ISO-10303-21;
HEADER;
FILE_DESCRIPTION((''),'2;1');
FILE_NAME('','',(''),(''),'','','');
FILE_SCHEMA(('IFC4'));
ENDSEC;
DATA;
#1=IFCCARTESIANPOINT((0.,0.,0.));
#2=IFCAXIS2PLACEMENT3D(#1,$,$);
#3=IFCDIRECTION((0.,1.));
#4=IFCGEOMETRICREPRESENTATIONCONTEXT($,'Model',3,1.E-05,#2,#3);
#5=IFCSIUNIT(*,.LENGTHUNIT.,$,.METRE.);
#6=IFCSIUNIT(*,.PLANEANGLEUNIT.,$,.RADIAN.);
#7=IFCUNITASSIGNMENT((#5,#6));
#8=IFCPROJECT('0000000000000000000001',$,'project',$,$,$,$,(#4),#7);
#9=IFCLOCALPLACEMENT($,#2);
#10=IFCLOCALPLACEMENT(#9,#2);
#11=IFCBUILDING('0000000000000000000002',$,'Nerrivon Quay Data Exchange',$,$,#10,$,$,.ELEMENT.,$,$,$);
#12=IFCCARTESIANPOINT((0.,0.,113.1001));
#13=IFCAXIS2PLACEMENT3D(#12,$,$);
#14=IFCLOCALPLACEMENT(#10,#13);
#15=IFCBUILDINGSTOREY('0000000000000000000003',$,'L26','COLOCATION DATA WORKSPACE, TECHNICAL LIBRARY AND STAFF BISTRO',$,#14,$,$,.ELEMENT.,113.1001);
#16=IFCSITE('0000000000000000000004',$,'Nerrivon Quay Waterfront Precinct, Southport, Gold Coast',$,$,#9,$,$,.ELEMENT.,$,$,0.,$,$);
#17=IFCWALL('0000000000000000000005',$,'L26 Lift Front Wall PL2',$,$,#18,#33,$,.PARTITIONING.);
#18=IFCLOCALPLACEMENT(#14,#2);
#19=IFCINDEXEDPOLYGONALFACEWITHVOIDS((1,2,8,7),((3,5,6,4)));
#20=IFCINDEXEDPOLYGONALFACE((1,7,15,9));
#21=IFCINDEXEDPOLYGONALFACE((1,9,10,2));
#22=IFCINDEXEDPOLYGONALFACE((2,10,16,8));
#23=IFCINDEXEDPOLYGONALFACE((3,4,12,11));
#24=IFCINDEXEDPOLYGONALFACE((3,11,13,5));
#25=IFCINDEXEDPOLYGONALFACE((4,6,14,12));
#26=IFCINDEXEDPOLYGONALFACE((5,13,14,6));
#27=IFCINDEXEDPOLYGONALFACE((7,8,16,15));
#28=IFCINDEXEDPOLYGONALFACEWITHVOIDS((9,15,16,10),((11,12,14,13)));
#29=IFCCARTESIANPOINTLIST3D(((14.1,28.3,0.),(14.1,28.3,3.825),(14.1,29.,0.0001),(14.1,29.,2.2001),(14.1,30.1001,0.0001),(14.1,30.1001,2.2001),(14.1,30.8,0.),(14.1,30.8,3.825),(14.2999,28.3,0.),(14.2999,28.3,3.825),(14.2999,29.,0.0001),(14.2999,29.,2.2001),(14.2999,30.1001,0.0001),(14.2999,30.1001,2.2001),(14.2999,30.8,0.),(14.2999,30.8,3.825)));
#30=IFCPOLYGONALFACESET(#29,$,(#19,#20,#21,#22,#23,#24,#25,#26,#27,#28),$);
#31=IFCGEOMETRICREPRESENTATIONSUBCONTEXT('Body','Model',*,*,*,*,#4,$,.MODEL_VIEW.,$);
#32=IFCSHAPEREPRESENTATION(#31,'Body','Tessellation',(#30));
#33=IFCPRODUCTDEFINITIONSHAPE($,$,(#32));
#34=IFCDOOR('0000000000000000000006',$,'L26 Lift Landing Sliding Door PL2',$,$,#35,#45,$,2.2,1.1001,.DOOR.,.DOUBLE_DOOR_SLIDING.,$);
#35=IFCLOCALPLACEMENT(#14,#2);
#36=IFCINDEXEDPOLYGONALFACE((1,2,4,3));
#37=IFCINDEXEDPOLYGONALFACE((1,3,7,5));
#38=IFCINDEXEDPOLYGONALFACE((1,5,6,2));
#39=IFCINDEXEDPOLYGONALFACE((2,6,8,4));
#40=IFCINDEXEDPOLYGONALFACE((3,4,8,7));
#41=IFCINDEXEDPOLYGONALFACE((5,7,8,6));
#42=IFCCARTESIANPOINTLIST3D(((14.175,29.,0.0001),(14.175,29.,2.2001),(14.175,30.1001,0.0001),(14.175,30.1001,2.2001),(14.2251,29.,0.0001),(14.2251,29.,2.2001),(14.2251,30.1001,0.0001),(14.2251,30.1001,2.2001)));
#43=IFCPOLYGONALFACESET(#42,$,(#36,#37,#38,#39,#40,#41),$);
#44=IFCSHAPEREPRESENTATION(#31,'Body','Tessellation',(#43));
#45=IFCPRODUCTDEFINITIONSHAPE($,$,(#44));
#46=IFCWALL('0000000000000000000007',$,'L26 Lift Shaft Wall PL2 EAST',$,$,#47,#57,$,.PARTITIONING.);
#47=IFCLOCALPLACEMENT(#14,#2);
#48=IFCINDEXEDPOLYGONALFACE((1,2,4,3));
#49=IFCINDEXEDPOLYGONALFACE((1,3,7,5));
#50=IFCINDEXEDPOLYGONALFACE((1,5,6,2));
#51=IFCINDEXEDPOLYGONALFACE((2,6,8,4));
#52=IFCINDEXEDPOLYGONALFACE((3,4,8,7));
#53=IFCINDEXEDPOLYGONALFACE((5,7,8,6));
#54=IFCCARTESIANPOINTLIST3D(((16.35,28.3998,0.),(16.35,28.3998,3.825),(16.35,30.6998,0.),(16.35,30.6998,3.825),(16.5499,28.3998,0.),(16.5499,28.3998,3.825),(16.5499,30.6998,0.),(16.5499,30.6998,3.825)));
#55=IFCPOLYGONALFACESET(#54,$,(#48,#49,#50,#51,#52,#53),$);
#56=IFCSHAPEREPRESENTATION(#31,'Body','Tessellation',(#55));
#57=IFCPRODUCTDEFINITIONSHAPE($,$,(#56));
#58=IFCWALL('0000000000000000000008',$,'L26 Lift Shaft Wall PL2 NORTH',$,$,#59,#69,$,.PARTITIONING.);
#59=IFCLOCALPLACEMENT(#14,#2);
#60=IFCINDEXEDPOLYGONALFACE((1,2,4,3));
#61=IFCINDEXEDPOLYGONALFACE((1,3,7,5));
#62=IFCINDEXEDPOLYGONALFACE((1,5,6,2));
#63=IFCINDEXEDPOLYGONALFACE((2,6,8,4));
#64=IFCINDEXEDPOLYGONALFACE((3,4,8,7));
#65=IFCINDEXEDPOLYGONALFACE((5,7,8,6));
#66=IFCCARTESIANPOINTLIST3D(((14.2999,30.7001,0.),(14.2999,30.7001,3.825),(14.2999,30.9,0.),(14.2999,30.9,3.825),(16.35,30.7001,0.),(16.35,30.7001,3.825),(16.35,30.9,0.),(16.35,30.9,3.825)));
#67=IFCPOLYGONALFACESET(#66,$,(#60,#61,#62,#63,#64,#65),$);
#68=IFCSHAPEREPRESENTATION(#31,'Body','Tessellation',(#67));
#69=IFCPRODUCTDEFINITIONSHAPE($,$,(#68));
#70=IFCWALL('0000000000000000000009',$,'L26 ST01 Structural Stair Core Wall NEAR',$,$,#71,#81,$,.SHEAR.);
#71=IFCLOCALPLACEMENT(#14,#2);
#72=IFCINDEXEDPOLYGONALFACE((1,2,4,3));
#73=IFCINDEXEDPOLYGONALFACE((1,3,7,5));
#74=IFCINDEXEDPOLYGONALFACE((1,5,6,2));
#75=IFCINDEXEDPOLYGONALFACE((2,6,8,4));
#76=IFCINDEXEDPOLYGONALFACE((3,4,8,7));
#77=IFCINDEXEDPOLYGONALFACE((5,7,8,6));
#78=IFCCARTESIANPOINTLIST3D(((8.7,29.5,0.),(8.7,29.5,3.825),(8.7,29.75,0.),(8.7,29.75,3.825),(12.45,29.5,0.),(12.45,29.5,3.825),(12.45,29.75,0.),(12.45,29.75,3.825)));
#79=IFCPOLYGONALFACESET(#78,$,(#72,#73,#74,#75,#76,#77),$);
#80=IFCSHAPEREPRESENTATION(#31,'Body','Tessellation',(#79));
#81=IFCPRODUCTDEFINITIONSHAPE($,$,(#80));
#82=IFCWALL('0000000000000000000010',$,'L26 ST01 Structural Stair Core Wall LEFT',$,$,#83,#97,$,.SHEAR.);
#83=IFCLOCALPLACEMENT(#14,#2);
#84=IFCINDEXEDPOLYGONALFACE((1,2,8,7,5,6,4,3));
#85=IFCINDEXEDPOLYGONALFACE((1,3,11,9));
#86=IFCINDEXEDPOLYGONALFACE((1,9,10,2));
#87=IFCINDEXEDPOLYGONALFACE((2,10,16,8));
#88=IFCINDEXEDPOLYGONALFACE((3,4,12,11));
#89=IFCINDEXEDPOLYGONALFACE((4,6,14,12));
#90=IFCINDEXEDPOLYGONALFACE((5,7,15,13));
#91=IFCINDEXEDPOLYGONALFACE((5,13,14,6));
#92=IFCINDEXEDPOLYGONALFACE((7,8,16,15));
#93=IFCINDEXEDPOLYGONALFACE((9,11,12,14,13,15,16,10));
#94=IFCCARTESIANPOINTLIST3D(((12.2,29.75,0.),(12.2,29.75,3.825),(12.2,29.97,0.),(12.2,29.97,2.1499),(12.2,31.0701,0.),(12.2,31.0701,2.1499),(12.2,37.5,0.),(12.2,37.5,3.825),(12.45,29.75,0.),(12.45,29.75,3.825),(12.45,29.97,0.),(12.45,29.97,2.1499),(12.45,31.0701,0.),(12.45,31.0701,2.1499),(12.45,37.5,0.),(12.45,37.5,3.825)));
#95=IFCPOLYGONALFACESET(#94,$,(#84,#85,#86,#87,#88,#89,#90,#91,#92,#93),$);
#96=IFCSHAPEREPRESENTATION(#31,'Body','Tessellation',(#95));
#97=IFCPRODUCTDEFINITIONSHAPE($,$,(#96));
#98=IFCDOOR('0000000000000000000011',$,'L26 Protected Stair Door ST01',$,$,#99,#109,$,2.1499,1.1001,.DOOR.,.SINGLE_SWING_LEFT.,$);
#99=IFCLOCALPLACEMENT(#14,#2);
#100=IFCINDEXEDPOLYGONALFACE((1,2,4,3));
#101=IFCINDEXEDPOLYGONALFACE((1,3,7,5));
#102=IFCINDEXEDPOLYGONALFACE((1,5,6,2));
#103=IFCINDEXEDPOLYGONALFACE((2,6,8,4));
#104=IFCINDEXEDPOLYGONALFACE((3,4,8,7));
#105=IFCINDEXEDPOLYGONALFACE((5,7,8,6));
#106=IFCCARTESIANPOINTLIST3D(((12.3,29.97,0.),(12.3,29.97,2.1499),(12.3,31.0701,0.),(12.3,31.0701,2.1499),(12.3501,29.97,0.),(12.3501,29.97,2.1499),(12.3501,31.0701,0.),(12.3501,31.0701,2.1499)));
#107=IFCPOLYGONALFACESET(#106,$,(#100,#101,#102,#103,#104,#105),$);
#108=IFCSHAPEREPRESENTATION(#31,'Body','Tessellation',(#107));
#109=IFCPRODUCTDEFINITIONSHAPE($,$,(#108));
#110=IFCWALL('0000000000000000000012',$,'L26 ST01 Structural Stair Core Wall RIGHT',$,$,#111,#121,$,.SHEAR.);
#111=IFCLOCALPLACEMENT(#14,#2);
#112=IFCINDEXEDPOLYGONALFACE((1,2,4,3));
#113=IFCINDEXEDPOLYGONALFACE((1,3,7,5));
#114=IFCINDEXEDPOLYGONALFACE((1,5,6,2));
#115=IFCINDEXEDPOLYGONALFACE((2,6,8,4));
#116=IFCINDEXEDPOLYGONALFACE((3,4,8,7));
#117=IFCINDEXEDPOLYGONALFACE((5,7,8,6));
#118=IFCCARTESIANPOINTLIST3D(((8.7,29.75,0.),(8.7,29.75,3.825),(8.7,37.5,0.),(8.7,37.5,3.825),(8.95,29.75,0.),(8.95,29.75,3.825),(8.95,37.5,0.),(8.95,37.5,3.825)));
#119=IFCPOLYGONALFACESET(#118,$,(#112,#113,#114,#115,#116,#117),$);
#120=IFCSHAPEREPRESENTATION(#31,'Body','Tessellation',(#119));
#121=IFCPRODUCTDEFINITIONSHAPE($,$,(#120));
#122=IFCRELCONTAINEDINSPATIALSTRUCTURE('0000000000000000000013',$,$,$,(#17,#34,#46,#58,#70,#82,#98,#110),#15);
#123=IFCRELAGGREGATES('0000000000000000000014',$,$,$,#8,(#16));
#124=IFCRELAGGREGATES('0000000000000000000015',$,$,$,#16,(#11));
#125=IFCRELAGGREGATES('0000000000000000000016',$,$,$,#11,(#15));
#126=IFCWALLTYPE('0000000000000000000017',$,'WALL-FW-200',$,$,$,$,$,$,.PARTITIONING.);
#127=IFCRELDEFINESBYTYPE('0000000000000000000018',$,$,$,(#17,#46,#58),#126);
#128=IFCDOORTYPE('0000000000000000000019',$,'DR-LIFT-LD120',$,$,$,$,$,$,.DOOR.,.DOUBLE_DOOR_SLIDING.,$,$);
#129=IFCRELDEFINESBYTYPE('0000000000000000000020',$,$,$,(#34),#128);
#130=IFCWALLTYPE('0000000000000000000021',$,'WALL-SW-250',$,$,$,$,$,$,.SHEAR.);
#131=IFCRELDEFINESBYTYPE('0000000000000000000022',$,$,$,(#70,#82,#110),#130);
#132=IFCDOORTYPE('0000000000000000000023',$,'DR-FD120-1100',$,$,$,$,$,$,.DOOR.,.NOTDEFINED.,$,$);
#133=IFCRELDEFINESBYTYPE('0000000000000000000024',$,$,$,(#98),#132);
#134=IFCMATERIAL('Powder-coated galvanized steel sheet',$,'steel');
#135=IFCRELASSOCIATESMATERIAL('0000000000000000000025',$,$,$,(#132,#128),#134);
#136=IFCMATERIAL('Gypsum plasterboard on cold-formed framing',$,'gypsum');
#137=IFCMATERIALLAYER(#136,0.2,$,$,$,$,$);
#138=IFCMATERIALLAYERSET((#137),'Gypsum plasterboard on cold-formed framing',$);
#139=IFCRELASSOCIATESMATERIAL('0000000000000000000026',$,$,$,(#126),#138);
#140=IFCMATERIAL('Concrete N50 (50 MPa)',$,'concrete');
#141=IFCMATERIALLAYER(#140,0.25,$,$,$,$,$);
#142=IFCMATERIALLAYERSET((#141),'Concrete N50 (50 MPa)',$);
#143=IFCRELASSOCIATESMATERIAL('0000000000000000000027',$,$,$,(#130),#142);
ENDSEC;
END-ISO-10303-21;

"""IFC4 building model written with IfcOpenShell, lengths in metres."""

from ifc_helpers import new_model, si_unit, direction, frame, frame_2d, origin, place, context, subcontext, project, spatial, rectangle, extrude, material, layer, layer_set, type_object, element, fill, save


model = new_model("IFC4")

# Units and contexts
model_context = context("Model", 3, precision=1e-05, world=origin(), true_north=direction((0.0, 1.0)))
body_context = subcontext(model_context, "Body", "Model", "MODEL_VIEW")
ifc_project = project(units=[si_unit("LENGTHUNIT", "METRE"), si_unit("PLANEANGLEUNIT", "RADIAN")], contexts=[model_context])

# Site, building, storey
site_placement = place(None, origin())
site = spatial("IfcSite", under=ifc_project, at=site_placement, Name="Nerrivon Quay Waterfront Precinct, Southport, Gold Coast", CompositionType="ELEMENT", RefElevation=0.0)
building_placement = place(site_placement, origin())
building = spatial("IfcBuilding", under=site, at=building_placement, Name="Nerrivon Quay Data Exchange", CompositionType="ELEMENT")
storey_placement = place(building_placement, frame((0.0, 0.0, 113.1001)))
storey = spatial("IfcBuildingStorey", under=building, at=storey_placement, Name="L26", Description="COLOCATION DATA WORKSPACE, TECHNICAL LIBRARY AND STAFF BISTRO", CompositionType="ELEMENT", Elevation=113.1001)

# Shared definitions
ifc_material_1 = material(Name="Powder-coated galvanized steel sheet", Category="steel")
door_type_1 = type_object("IfcDoorType", Name="DR-FD120-1100", OperationType="NOTDEFINED", PredefinedType="DOOR", material=ifc_material_1)
ifc_material_2 = material(Name="Gypsum plasterboard on cold-formed framing", Category="gypsum")
ifc_layer_1 = layer(ifc_material_2, 0.2)
ifc_layer_set_1 = layer_set([ifc_layer_1], Name="Gypsum plasterboard on cold-formed framing")
wall_type_1 = type_object("IfcWallType", Name="WALL-FW-200", PredefinedType="PARTITIONING", material=ifc_layer_set_1)
door_type_2 = type_object("IfcDoorType", Name="DR-LIFT-LD120", OperationType="DOUBLE_DOOR_SLIDING", PredefinedType="DOOR", material=ifc_material_1)

# Wall, opening, door
wall_1_placement = place(storey_placement, frame((14.2, 28.3, 0.0), z_axis=(0.0, 0.0, 1.0), x_axis=(0.0, 1.0, 0.0)))
wall_1 = element("IfcWall", 1, at=wall_1_placement, inside=storey, type_object=wall_type_1, Name="L26 Lift Front Wall PL2", PredefinedType="PARTITIONING", context=body_context, shape_type="SweptSolid", body=[
    extrude(rectangle(XDim=2.5, YDim=0.2, at=frame_2d((1.25, 0.0))), origin(), (0.0, 0.0, 1.0), 3.825),
])
opening_1_placement = place(wall_1_placement, frame((0.7, 0.0, 0.0)))
opening_1 = element("IfcOpeningElement", 2, at=opening_1_placement, cuts=wall_1, PredefinedType="OPENING", context=body_context, shape_type="SweptSolid", body=[
    extrude(rectangle(XDim=1.1001, YDim=2.2, at=frame_2d((0.55, 1.1001))), frame((0.0, 0.1099, 0.0), z_axis=(0.0, -1.0, 0.0), x_axis=(1.0, 0.0, 0.0)), (0.0, 0.0, 1.0), 0.22),
])
door_1_placement = place(opening_1_placement, origin())
door_1 = element("IfcDoor", 3, at=door_1_placement, inside=storey, type_object=door_type_2, Name="L26 Lift Landing Sliding Door PL2", OperationType="DOUBLE_DOOR_SLIDING", OverallHeight=2.2, OverallWidth=1.1001, PredefinedType="DOOR", context=body_context, shape_type="SweptSolid", body=[
    extrude(rectangle(XDim=1.1001, YDim=2.2, at=frame_2d((0.55, 1.1001))), frame((0.0, 0.0249, 0.0), z_axis=(0.0, -1.0, 0.0), x_axis=(1.0, 0.0, 0.0)), (0.0, 0.0, 1.0), 0.05),
])
fill(opening_1, door_1)

# Walls
wall_2_placement = place(storey_placement, frame((16.45, 28.3999, 0.0), z_axis=(0.0, 0.0, 1.0), x_axis=(0.0, 1.0, 0.0)))
element("IfcWall", 4, at=wall_2_placement, inside=storey, type_object=wall_type_1, Name="L26 Lift Shaft Wall PL2 EAST", PredefinedType="PARTITIONING", context=body_context, shape_type="SweptSolid", body=[
    extrude(rectangle(XDim=2.3, YDim=0.2, at=frame_2d((1.1499, 0.0))), origin(), (0.0, 0.0, 1.0), 3.825),
])
wall_3_placement = place(storey_placement, frame((14.3, 30.8, 0.0), z_axis=(0.0, 0.0, 1.0), x_axis=(1.0, 0.0, 0.0)))
element("IfcWall", 5, at=wall_3_placement, inside=storey, type_object=wall_type_1, Name="L26 Lift Shaft Wall PL2 NORTH", PredefinedType="PARTITIONING", context=body_context, shape_type="SweptSolid", body=[
    extrude(rectangle(XDim=2.05, YDim=0.2, at=frame_2d((1.0249, 0.0))), origin(), (0.0, 0.0, 1.0), 3.825),
])
ifc_material_3 = material(Name="Concrete N50 (50 MPa)", Category="concrete")
ifc_layer_2 = layer(ifc_material_3, 0.25)
ifc_layer_set_2 = layer_set([ifc_layer_2], Name="Concrete N50 (50 MPa)")
wall_type_2 = type_object("IfcWallType", Name="WALL-SW-250", PredefinedType="SHEAR", material=ifc_layer_set_2)
wall_4_placement = place(storey_placement, frame((12.45, 29.625, 0.0), z_axis=(0.0, 0.0, 1.0), x_axis=(-1.0, 0.0, 0.0)))
element("IfcWall", 6, at=wall_4_placement, inside=storey, type_object=wall_type_2, Name="L26 ST01 Structural Stair Core Wall NEAR", PredefinedType="SHEAR", context=body_context, shape_type="SweptSolid", body=[
    extrude(rectangle(XDim=3.75, YDim=0.25, at=frame_2d((1.875, 0.0))), origin(), (0.0, 0.0, 1.0), 3.825),
])

# Wall, opening, door
wall_5_placement = place(storey_placement, frame((12.325, 29.75, 0.0), z_axis=(0.0, 0.0, 1.0), x_axis=(0.0, 1.0, 0.0)))
wall_5 = element("IfcWall", 7, at=wall_5_placement, inside=storey, type_object=wall_type_2, Name="L26 ST01 Structural Stair Core Wall LEFT", PredefinedType="SHEAR", context=body_context, shape_type="SweptSolid", body=[
    extrude(rectangle(XDim=7.75, YDim=0.25, at=frame_2d((3.875, 0.0))), origin(), (0.0, 0.0, 1.0), 3.825),
])
opening_2_placement = place(wall_5_placement, frame((0.22, 0.0, 0.0)))
opening_2 = element("IfcOpeningElement", 8, at=opening_2_placement, cuts=wall_5, PredefinedType="OPENING", context=body_context, shape_type="SweptSolid", body=[
    extrude(rectangle(XDim=1.1001, YDim=2.1499, at=frame_2d((0.55, 1.075))), frame((0.0, 0.135, 0.0), z_axis=(0.0, -1.0, 0.0), x_axis=(1.0, 0.0, 0.0)), (0.0, 0.0, 1.0), 0.27),
])
door_2_placement = place(opening_2_placement, origin())
door_2 = element("IfcDoor", 9, at=door_2_placement, inside=storey, type_object=door_type_1, Name="L26 Protected Stair Door ST01", OperationType="SINGLE_SWING_LEFT", OverallHeight=2.1499, OverallWidth=1.1001, PredefinedType="DOOR", context=body_context, shape_type="SweptSolid", body=[
    extrude(rectangle(XDim=1.1001, YDim=2.1499, at=frame_2d((0.55, 1.075))), frame((0.0, 0.0249, 0.0), z_axis=(0.0, -1.0, 0.0), x_axis=(1.0, 0.0, 0.0)), (0.0, 0.0, 1.0), 0.05),
])
fill(opening_2, door_2)

# Wall
wall_6_placement = place(storey_placement, frame((8.825, 29.75, 0.0), z_axis=(0.0, 0.0, 1.0), x_axis=(0.0, 1.0, 0.0)))
element("IfcWall", 10, at=wall_6_placement, inside=storey, type_object=wall_type_2, Name="L26 ST01 Structural Stair Core Wall RIGHT", PredefinedType="SHEAR", context=body_context, shape_type="SweptSolid", body=[
    extrude(rectangle(XDim=7.75, YDim=0.25, at=frame_2d((3.875, 0.0))), origin(), (0.0, 0.0, 1.0), 3.825),
])

save(model, "model.ifc")
